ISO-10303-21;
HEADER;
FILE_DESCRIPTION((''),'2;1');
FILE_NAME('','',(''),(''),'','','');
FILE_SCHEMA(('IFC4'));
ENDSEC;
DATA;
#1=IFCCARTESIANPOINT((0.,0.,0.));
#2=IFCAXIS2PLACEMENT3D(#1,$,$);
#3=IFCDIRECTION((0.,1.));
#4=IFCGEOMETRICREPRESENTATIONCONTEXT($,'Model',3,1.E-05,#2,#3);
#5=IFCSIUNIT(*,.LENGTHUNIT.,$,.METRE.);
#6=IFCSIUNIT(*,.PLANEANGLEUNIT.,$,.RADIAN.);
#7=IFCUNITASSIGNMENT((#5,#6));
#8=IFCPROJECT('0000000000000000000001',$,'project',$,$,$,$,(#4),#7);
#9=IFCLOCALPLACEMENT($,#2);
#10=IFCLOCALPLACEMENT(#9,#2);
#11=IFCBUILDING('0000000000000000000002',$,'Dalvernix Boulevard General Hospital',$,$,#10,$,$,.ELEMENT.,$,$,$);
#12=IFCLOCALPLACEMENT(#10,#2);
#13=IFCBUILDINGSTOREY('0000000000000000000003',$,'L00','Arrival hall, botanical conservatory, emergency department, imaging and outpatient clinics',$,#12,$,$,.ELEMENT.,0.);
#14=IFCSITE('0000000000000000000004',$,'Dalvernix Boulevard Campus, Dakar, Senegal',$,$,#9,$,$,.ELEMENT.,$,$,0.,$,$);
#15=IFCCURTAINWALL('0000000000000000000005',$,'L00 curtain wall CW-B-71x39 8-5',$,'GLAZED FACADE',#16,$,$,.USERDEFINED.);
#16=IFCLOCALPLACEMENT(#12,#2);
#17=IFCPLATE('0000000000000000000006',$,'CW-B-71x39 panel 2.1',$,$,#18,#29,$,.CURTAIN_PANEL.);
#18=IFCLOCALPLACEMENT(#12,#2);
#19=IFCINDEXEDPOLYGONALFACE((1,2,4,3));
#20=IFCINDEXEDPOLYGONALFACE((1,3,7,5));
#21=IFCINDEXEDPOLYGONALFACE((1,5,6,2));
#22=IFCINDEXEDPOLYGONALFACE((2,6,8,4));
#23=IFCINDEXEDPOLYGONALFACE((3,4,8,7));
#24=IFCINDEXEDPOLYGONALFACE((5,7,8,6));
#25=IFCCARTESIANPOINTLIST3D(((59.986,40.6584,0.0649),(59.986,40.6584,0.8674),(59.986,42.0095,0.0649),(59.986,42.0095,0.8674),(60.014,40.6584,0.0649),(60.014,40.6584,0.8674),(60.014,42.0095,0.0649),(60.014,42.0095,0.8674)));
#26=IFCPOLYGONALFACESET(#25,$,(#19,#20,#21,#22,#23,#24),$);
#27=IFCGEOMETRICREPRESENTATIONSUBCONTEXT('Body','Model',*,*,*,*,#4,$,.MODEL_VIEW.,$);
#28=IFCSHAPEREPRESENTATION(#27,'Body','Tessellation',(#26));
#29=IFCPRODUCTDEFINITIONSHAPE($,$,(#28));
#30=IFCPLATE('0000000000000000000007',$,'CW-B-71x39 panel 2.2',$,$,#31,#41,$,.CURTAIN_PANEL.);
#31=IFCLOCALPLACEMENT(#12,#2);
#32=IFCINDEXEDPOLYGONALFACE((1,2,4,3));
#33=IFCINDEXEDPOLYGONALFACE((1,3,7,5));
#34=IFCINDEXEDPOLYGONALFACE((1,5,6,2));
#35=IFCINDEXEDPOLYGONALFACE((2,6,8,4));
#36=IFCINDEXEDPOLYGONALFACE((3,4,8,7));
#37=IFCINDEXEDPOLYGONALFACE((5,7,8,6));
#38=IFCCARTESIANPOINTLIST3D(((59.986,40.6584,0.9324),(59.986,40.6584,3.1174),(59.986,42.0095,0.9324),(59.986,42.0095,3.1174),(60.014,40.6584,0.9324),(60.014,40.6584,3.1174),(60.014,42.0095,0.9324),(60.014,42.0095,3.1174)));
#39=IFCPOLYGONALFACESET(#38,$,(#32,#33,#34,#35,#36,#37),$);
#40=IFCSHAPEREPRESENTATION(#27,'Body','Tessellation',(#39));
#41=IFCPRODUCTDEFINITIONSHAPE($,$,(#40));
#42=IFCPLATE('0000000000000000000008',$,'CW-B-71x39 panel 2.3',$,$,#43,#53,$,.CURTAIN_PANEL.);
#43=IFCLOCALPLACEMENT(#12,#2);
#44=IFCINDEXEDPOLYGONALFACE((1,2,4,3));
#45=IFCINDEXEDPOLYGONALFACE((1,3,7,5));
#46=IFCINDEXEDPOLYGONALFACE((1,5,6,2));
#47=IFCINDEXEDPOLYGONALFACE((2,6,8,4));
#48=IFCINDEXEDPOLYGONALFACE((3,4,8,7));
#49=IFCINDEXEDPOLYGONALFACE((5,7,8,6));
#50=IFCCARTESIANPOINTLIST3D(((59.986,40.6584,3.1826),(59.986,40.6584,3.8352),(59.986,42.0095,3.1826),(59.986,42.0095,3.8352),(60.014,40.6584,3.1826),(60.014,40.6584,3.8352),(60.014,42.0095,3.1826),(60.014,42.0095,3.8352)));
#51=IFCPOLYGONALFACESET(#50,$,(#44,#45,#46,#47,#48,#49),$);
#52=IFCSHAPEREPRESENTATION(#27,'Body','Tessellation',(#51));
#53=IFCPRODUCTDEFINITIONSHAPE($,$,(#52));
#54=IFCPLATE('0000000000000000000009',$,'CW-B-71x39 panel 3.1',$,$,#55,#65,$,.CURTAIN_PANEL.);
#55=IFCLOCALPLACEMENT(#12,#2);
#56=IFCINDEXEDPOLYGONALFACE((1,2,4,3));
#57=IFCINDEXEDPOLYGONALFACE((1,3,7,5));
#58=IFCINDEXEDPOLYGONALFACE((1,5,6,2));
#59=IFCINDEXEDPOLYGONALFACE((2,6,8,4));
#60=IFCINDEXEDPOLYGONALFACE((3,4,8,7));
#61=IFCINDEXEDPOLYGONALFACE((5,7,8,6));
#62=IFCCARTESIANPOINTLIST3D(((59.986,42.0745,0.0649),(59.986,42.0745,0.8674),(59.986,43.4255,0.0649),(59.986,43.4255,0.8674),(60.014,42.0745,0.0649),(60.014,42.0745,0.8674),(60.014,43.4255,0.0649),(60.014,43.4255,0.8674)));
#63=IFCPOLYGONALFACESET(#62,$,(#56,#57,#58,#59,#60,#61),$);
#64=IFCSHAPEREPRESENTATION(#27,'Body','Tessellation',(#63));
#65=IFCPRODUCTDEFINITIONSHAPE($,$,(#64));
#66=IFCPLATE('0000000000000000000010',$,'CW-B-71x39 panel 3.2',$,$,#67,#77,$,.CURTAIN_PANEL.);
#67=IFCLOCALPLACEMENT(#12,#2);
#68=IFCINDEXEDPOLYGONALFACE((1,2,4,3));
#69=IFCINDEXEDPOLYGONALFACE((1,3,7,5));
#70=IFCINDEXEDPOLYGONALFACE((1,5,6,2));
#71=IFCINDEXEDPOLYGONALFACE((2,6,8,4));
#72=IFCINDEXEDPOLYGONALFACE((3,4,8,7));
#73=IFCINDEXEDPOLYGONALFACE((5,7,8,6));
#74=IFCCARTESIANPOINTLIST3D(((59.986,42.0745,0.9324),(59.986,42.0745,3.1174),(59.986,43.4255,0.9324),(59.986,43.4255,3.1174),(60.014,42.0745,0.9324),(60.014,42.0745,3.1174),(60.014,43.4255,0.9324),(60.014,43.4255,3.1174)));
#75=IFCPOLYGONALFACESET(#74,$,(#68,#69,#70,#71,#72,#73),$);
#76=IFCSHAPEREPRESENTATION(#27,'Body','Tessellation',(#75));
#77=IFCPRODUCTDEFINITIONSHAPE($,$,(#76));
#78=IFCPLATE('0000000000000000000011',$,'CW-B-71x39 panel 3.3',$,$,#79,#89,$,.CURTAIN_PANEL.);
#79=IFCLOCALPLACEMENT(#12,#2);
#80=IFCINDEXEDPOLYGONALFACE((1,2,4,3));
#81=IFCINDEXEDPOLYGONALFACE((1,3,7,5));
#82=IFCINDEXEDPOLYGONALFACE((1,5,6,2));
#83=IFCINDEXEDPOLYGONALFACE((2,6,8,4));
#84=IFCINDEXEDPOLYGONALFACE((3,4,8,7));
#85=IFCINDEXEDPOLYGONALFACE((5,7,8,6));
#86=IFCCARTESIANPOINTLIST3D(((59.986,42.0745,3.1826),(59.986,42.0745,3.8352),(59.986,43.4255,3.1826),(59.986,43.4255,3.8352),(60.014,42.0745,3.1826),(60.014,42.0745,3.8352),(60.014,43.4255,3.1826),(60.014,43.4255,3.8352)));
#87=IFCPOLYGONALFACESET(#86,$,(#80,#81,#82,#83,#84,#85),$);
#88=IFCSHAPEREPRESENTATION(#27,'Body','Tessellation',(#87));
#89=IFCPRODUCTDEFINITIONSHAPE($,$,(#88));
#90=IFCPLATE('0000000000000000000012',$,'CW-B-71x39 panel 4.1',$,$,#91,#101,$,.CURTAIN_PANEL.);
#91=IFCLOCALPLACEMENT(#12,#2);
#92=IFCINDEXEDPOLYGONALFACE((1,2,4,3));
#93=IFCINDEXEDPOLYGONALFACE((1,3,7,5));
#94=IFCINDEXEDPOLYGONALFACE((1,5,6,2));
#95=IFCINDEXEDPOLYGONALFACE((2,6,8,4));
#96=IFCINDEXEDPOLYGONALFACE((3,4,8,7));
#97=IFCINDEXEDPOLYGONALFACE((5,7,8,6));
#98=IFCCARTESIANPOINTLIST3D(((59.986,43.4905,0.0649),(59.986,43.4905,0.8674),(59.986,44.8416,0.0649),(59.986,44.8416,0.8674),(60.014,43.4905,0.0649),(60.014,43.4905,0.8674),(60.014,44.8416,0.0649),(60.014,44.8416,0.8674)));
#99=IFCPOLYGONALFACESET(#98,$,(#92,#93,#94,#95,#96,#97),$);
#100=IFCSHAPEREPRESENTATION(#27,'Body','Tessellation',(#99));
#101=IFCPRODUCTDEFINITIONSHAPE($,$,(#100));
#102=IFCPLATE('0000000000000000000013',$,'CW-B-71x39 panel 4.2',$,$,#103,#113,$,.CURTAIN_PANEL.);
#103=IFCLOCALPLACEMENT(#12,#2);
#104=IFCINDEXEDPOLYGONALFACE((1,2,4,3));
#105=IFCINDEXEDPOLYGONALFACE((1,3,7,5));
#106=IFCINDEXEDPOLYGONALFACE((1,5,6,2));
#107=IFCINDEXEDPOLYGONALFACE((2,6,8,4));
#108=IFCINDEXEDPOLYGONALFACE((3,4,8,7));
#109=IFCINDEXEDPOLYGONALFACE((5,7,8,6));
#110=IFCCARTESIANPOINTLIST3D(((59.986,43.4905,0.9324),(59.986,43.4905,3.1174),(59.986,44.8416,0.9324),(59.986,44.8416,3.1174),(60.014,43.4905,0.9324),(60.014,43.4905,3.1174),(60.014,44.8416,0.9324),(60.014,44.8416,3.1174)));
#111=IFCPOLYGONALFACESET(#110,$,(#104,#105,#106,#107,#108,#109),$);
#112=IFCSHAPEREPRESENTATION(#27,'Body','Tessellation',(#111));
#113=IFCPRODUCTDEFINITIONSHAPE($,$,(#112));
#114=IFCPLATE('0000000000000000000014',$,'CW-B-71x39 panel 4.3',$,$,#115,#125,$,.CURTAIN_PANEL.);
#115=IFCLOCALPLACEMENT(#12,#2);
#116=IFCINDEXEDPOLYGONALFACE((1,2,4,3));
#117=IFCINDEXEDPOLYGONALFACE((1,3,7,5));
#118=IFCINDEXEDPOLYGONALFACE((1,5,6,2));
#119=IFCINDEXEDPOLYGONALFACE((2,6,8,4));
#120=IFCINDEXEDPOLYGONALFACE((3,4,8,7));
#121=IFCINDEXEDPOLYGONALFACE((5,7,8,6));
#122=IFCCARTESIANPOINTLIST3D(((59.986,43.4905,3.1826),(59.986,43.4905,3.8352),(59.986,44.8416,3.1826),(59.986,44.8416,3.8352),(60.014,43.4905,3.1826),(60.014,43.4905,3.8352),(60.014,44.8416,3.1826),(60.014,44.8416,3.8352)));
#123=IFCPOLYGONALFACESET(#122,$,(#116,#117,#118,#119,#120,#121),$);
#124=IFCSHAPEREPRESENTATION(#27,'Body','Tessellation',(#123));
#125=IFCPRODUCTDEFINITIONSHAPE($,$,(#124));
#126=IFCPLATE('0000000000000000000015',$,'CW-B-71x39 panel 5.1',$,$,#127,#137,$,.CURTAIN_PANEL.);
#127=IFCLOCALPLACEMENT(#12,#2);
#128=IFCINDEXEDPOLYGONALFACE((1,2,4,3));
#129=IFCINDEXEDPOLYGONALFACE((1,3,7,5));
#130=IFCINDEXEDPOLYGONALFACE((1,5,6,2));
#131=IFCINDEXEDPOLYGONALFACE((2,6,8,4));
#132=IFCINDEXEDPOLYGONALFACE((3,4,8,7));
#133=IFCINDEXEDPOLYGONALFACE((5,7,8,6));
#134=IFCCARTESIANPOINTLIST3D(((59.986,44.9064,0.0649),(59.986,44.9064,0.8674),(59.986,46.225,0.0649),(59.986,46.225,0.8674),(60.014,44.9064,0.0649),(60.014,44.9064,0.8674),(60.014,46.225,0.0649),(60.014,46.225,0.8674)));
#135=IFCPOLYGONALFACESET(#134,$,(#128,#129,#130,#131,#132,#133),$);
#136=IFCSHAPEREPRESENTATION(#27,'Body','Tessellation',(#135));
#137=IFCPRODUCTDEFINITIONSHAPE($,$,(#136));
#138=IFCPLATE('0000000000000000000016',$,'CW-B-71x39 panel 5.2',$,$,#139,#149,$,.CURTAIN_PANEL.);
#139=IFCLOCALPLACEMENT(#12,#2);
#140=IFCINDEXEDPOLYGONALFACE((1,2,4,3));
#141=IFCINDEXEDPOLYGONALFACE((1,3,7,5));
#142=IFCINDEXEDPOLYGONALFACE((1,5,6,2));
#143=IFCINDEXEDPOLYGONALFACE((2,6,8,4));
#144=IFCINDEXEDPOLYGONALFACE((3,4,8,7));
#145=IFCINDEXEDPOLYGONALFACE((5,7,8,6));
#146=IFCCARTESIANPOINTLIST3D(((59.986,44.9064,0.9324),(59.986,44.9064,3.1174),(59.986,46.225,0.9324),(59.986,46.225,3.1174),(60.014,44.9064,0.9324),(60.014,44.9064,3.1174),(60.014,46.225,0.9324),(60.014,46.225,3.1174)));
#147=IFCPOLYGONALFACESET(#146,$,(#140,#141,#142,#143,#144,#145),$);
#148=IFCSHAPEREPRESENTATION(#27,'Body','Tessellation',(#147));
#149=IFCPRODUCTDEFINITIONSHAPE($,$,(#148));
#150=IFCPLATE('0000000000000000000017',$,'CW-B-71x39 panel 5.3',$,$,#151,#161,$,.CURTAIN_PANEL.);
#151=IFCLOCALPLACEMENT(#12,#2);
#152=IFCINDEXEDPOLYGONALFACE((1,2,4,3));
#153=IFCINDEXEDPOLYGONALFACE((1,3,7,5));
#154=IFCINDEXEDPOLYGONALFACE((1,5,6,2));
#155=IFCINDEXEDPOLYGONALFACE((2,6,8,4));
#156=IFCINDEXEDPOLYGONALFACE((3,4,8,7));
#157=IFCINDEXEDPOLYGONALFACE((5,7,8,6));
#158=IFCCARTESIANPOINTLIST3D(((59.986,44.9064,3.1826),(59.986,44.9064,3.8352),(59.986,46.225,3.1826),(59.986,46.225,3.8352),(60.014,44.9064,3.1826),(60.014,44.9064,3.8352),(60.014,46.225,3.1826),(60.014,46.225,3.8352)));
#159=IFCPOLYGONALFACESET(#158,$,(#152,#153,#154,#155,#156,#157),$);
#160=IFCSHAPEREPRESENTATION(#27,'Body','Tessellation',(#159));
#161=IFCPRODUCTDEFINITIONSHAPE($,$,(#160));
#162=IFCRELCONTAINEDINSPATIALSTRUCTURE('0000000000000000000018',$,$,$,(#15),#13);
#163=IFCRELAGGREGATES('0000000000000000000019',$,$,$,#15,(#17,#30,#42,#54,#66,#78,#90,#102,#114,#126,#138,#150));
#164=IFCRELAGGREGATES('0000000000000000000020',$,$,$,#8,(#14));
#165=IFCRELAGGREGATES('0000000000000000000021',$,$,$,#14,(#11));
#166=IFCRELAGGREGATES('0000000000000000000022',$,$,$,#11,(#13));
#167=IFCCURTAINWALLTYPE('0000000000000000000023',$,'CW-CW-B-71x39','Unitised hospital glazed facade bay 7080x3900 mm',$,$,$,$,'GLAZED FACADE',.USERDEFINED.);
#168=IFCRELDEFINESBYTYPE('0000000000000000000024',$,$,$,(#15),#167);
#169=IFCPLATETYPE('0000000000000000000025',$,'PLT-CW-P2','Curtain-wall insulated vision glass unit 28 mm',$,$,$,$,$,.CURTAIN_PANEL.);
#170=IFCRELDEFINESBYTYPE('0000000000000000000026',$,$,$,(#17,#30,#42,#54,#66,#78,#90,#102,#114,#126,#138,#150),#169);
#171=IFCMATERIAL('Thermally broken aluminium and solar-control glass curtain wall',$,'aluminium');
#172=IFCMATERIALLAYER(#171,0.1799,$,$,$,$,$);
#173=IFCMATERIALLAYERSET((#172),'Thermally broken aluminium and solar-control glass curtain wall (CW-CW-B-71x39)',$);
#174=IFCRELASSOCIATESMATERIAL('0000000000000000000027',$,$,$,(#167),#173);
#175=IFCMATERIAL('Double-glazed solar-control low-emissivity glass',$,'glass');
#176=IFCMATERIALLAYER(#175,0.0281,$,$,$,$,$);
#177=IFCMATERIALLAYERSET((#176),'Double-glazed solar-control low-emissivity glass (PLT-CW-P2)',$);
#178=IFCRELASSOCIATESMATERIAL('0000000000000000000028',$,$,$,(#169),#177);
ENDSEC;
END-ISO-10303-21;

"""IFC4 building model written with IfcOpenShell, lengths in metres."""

from ifc_helpers import new_model, si_unit, direction, frame, origin, origin_2d, place, context, subcontext, project, spatial, rectangle, extrude, material, layer, layer_set, type_object, element, aggregate, save


model = new_model("IFC4")

# Units and contexts
model_context = context("Model", 3, precision=1e-05, world=origin(), true_north=direction((0.0, 1.0)))
body_context = subcontext(model_context, "Body", "Model", "MODEL_VIEW")
ifc_project = project(units=[si_unit("LENGTHUNIT", "METRE"), si_unit("PLANEANGLEUNIT", "RADIAN")], contexts=[model_context])

# Site, building, storey
site_placement = place(None, origin())
site = spatial("IfcSite", under=ifc_project, at=site_placement, Name="Dalvernix Boulevard Campus, Dakar, Senegal", CompositionType="ELEMENT", RefElevation=0.0)
building_placement = place(site_placement, origin())
building = spatial("IfcBuilding", under=site, at=building_placement, Name="Dalvernix Boulevard General Hospital", CompositionType="ELEMENT")
storey_placement = place(building_placement, origin())
storey = spatial("IfcBuildingStorey", under=building, at=storey_placement, Name="L00", Description="Arrival hall, botanical conservatory, emergency department, imaging and outpatient clinics", CompositionType="ELEMENT", Elevation=0.0)

# Curtain wall, plates
ifc_material_1 = material(Name="Thermally broken aluminium and solar-control glass curtain wall", Category="aluminium")
ifc_layer_1 = layer(ifc_material_1, 0.1799)
ifc_layer_set_1 = layer_set([ifc_layer_1], Name="Thermally broken aluminium and solar-control glass curtain wall (CW-CW-B-71x39)")
curtain_wall_type = type_object("IfcCurtainWallType", Name="CW-CW-B-71x39", Description="Unitised hospital glazed facade bay 7080x3900 mm", ElementType="GLAZED FACADE", PredefinedType="USERDEFINED", material=ifc_layer_set_1)
curtain_wall_placement = place(storey_placement, origin())
curtain_wall = element("IfcCurtainWall", 1, at=curtain_wall_placement, inside=storey, type_object=curtain_wall_type, Name="L00 curtain wall CW-B-71x39 8-5", ObjectType="GLAZED FACADE", PredefinedType="USERDEFINED")
ifc_material_2 = material(Name="Double-glazed solar-control low-emissivity glass", Category="glass")
ifc_layer_2 = layer(ifc_material_2, 0.0281)
ifc_layer_set_2 = layer_set([ifc_layer_2], Name="Double-glazed solar-control low-emissivity glass (PLT-CW-P2)")
plate_type = type_object("IfcPlateType", Name="PLT-CW-P2", Description="Curtain-wall insulated vision glass unit 28 mm", PredefinedType="CURTAIN_PANEL", material=ifc_layer_set_2)
plate_1_placement = place(storey_placement, frame((60.0, 41.334, 0.0649), z_axis=(0.0, 0.0, 1.0), x_axis=(0.0, 1.0, 0.0)))
plate_1 = element("IfcPlate", 2, at=plate_1_placement, type_object=plate_type, Name="CW-B-71x39 panel 2.1", PredefinedType="CURTAIN_PANEL", context=body_context, shape_type="SweptSolid", body=[
    extrude(rectangle(XDim=1.3511, YDim=0.0281, at=origin_2d()), origin(), (0.0, 0.0, 1.0), 0.8025),
])
plate_2_placement = place(storey_placement, frame((60.0, 41.334, 0.9324), z_axis=(0.0, 0.0, 1.0), x_axis=(0.0, 1.0, 0.0)))
plate_2 = element("IfcPlate", 3, at=plate_2_placement, type_object=plate_type, Name="CW-B-71x39 panel 2.2", PredefinedType="CURTAIN_PANEL", context=body_context, shape_type="SweptSolid", body=[
    extrude(rectangle(XDim=1.3511, YDim=0.0281, at=origin_2d()), origin(), (0.0, 0.0, 1.0), 2.1851),
])
plate_3_placement = place(storey_placement, frame((60.0, 41.334, 3.1826), z_axis=(0.0, 0.0, 1.0), x_axis=(0.0, 1.0, 0.0)))
plate_3 = element("IfcPlate", 4, at=plate_3_placement, type_object=plate_type, Name="CW-B-71x39 panel 2.3", PredefinedType="CURTAIN_PANEL", context=body_context, shape_type="SweptSolid", body=[
    extrude(rectangle(XDim=1.3511, YDim=0.0281, at=origin_2d()), origin(), (0.0, 0.0, 1.0), 0.6526),
])
plate_4_placement = place(storey_placement, frame((60.0, 42.75, 0.0649), z_axis=(0.0, 0.0, 1.0), x_axis=(0.0, 1.0, 0.0)))
plate_4 = element("IfcPlate", 5, at=plate_4_placement, type_object=plate_type, Name="CW-B-71x39 panel 3.1", PredefinedType="CURTAIN_PANEL", context=body_context, shape_type="SweptSolid", body=[
    extrude(rectangle(XDim=1.3511, YDim=0.0281, at=origin_2d()), origin(), (0.0, 0.0, 1.0), 0.8025),
])
plate_5_placement = place(storey_placement, frame((60.0, 42.75, 0.9324), z_axis=(0.0, 0.0, 1.0), x_axis=(0.0, 1.0, 0.0)))
plate_5 = element("IfcPlate", 6, at=plate_5_placement, type_object=plate_type, Name="CW-B-71x39 panel 3.2", PredefinedType="CURTAIN_PANEL", context=body_context, shape_type="SweptSolid", body=[
    extrude(rectangle(XDim=1.3511, YDim=0.0281, at=origin_2d()), origin(), (0.0, 0.0, 1.0), 2.1851),
])
plate_6_placement = place(storey_placement, frame((60.0, 42.75, 3.1826), z_axis=(0.0, 0.0, 1.0), x_axis=(0.0, 1.0, 0.0)))
plate_6 = element("IfcPlate", 7, at=plate_6_placement, type_object=plate_type, Name="CW-B-71x39 panel 3.3", PredefinedType="CURTAIN_PANEL", context=body_context, shape_type="SweptSolid", body=[
    extrude(rectangle(XDim=1.3511, YDim=0.0281, at=origin_2d()), origin(), (0.0, 0.0, 1.0), 0.6526),
])
plate_7_placement = place(storey_placement, frame((60.0, 44.166, 0.0649), z_axis=(0.0, 0.0, 1.0), x_axis=(0.0, 1.0, 0.0)))
plate_7 = element("IfcPlate", 8, at=plate_7_placement, type_object=plate_type, Name="CW-B-71x39 panel 4.1", PredefinedType="CURTAIN_PANEL", context=body_context, shape_type="SweptSolid", body=[
    extrude(rectangle(XDim=1.3511, YDim=0.0281, at=origin_2d()), origin(), (0.0, 0.0, 1.0), 0.8025),
])
plate_8_placement = place(storey_placement, frame((60.0, 44.166, 0.9324), z_axis=(0.0, 0.0, 1.0), x_axis=(0.0, 1.0, 0.0)))
plate_8 = element("IfcPlate", 9, at=plate_8_placement, type_object=plate_type, Name="CW-B-71x39 panel 4.2", PredefinedType="CURTAIN_PANEL", context=body_context, shape_type="SweptSolid", body=[
    extrude(rectangle(XDim=1.3511, YDim=0.0281, at=origin_2d()), origin(), (0.0, 0.0, 1.0), 2.1851),
])
plate_9_placement = place(storey_placement, frame((60.0, 44.166, 3.1826), z_axis=(0.0, 0.0, 1.0), x_axis=(0.0, 1.0, 0.0)))
plate_9 = element("IfcPlate", 10, at=plate_9_placement, type_object=plate_type, Name="CW-B-71x39 panel 4.3", PredefinedType="CURTAIN_PANEL", context=body_context, shape_type="SweptSolid", body=[
    extrude(rectangle(XDim=1.3511, YDim=0.0281, at=origin_2d()), origin(), (0.0, 0.0, 1.0), 0.6526),
])
plate_10_placement = place(storey_placement, frame((60.0, 45.5657, 0.0649), z_axis=(0.0, 0.0, 1.0), x_axis=(0.0, 1.0, 0.0)))
plate_10 = element("IfcPlate", 11, at=plate_10_placement, type_object=plate_type, Name="CW-B-71x39 panel 5.1", PredefinedType="CURTAIN_PANEL", context=body_context, shape_type="SweptSolid", body=[
    extrude(rectangle(XDim=1.3186, YDim=0.0281, at=origin_2d()), origin(), (0.0, 0.0, 1.0), 0.8025),
])
plate_11_placement = place(storey_placement, frame((60.0, 45.5657, 0.9324), z_axis=(0.0, 0.0, 1.0), x_axis=(0.0, 1.0, 0.0)))
plate_11 = element("IfcPlate", 12, at=plate_11_placement, type_object=plate_type, Name="CW-B-71x39 panel 5.2", PredefinedType="CURTAIN_PANEL", context=body_context, shape_type="SweptSolid", body=[
    extrude(rectangle(XDim=1.3186, YDim=0.0281, at=origin_2d()), origin(), (0.0, 0.0, 1.0), 2.1851),
])
plate_12_placement = place(storey_placement, frame((60.0, 45.5657, 3.1826), z_axis=(0.0, 0.0, 1.0), x_axis=(0.0, 1.0, 0.0)))
plate_12 = element("IfcPlate", 13, at=plate_12_placement, type_object=plate_type, Name="CW-B-71x39 panel 5.3", PredefinedType="CURTAIN_PANEL", context=body_context, shape_type="SweptSolid", body=[
    extrude(rectangle(XDim=1.3186, YDim=0.0281, at=origin_2d()), origin(), (0.0, 0.0, 1.0), 0.6526),
])
aggregate(curtain_wall, [plate_1, plate_2, plate_3, plate_4, plate_5, plate_6, plate_7, plate_8, plate_9, plate_10, plate_11, plate_12])

save(model, "model.ifc")
